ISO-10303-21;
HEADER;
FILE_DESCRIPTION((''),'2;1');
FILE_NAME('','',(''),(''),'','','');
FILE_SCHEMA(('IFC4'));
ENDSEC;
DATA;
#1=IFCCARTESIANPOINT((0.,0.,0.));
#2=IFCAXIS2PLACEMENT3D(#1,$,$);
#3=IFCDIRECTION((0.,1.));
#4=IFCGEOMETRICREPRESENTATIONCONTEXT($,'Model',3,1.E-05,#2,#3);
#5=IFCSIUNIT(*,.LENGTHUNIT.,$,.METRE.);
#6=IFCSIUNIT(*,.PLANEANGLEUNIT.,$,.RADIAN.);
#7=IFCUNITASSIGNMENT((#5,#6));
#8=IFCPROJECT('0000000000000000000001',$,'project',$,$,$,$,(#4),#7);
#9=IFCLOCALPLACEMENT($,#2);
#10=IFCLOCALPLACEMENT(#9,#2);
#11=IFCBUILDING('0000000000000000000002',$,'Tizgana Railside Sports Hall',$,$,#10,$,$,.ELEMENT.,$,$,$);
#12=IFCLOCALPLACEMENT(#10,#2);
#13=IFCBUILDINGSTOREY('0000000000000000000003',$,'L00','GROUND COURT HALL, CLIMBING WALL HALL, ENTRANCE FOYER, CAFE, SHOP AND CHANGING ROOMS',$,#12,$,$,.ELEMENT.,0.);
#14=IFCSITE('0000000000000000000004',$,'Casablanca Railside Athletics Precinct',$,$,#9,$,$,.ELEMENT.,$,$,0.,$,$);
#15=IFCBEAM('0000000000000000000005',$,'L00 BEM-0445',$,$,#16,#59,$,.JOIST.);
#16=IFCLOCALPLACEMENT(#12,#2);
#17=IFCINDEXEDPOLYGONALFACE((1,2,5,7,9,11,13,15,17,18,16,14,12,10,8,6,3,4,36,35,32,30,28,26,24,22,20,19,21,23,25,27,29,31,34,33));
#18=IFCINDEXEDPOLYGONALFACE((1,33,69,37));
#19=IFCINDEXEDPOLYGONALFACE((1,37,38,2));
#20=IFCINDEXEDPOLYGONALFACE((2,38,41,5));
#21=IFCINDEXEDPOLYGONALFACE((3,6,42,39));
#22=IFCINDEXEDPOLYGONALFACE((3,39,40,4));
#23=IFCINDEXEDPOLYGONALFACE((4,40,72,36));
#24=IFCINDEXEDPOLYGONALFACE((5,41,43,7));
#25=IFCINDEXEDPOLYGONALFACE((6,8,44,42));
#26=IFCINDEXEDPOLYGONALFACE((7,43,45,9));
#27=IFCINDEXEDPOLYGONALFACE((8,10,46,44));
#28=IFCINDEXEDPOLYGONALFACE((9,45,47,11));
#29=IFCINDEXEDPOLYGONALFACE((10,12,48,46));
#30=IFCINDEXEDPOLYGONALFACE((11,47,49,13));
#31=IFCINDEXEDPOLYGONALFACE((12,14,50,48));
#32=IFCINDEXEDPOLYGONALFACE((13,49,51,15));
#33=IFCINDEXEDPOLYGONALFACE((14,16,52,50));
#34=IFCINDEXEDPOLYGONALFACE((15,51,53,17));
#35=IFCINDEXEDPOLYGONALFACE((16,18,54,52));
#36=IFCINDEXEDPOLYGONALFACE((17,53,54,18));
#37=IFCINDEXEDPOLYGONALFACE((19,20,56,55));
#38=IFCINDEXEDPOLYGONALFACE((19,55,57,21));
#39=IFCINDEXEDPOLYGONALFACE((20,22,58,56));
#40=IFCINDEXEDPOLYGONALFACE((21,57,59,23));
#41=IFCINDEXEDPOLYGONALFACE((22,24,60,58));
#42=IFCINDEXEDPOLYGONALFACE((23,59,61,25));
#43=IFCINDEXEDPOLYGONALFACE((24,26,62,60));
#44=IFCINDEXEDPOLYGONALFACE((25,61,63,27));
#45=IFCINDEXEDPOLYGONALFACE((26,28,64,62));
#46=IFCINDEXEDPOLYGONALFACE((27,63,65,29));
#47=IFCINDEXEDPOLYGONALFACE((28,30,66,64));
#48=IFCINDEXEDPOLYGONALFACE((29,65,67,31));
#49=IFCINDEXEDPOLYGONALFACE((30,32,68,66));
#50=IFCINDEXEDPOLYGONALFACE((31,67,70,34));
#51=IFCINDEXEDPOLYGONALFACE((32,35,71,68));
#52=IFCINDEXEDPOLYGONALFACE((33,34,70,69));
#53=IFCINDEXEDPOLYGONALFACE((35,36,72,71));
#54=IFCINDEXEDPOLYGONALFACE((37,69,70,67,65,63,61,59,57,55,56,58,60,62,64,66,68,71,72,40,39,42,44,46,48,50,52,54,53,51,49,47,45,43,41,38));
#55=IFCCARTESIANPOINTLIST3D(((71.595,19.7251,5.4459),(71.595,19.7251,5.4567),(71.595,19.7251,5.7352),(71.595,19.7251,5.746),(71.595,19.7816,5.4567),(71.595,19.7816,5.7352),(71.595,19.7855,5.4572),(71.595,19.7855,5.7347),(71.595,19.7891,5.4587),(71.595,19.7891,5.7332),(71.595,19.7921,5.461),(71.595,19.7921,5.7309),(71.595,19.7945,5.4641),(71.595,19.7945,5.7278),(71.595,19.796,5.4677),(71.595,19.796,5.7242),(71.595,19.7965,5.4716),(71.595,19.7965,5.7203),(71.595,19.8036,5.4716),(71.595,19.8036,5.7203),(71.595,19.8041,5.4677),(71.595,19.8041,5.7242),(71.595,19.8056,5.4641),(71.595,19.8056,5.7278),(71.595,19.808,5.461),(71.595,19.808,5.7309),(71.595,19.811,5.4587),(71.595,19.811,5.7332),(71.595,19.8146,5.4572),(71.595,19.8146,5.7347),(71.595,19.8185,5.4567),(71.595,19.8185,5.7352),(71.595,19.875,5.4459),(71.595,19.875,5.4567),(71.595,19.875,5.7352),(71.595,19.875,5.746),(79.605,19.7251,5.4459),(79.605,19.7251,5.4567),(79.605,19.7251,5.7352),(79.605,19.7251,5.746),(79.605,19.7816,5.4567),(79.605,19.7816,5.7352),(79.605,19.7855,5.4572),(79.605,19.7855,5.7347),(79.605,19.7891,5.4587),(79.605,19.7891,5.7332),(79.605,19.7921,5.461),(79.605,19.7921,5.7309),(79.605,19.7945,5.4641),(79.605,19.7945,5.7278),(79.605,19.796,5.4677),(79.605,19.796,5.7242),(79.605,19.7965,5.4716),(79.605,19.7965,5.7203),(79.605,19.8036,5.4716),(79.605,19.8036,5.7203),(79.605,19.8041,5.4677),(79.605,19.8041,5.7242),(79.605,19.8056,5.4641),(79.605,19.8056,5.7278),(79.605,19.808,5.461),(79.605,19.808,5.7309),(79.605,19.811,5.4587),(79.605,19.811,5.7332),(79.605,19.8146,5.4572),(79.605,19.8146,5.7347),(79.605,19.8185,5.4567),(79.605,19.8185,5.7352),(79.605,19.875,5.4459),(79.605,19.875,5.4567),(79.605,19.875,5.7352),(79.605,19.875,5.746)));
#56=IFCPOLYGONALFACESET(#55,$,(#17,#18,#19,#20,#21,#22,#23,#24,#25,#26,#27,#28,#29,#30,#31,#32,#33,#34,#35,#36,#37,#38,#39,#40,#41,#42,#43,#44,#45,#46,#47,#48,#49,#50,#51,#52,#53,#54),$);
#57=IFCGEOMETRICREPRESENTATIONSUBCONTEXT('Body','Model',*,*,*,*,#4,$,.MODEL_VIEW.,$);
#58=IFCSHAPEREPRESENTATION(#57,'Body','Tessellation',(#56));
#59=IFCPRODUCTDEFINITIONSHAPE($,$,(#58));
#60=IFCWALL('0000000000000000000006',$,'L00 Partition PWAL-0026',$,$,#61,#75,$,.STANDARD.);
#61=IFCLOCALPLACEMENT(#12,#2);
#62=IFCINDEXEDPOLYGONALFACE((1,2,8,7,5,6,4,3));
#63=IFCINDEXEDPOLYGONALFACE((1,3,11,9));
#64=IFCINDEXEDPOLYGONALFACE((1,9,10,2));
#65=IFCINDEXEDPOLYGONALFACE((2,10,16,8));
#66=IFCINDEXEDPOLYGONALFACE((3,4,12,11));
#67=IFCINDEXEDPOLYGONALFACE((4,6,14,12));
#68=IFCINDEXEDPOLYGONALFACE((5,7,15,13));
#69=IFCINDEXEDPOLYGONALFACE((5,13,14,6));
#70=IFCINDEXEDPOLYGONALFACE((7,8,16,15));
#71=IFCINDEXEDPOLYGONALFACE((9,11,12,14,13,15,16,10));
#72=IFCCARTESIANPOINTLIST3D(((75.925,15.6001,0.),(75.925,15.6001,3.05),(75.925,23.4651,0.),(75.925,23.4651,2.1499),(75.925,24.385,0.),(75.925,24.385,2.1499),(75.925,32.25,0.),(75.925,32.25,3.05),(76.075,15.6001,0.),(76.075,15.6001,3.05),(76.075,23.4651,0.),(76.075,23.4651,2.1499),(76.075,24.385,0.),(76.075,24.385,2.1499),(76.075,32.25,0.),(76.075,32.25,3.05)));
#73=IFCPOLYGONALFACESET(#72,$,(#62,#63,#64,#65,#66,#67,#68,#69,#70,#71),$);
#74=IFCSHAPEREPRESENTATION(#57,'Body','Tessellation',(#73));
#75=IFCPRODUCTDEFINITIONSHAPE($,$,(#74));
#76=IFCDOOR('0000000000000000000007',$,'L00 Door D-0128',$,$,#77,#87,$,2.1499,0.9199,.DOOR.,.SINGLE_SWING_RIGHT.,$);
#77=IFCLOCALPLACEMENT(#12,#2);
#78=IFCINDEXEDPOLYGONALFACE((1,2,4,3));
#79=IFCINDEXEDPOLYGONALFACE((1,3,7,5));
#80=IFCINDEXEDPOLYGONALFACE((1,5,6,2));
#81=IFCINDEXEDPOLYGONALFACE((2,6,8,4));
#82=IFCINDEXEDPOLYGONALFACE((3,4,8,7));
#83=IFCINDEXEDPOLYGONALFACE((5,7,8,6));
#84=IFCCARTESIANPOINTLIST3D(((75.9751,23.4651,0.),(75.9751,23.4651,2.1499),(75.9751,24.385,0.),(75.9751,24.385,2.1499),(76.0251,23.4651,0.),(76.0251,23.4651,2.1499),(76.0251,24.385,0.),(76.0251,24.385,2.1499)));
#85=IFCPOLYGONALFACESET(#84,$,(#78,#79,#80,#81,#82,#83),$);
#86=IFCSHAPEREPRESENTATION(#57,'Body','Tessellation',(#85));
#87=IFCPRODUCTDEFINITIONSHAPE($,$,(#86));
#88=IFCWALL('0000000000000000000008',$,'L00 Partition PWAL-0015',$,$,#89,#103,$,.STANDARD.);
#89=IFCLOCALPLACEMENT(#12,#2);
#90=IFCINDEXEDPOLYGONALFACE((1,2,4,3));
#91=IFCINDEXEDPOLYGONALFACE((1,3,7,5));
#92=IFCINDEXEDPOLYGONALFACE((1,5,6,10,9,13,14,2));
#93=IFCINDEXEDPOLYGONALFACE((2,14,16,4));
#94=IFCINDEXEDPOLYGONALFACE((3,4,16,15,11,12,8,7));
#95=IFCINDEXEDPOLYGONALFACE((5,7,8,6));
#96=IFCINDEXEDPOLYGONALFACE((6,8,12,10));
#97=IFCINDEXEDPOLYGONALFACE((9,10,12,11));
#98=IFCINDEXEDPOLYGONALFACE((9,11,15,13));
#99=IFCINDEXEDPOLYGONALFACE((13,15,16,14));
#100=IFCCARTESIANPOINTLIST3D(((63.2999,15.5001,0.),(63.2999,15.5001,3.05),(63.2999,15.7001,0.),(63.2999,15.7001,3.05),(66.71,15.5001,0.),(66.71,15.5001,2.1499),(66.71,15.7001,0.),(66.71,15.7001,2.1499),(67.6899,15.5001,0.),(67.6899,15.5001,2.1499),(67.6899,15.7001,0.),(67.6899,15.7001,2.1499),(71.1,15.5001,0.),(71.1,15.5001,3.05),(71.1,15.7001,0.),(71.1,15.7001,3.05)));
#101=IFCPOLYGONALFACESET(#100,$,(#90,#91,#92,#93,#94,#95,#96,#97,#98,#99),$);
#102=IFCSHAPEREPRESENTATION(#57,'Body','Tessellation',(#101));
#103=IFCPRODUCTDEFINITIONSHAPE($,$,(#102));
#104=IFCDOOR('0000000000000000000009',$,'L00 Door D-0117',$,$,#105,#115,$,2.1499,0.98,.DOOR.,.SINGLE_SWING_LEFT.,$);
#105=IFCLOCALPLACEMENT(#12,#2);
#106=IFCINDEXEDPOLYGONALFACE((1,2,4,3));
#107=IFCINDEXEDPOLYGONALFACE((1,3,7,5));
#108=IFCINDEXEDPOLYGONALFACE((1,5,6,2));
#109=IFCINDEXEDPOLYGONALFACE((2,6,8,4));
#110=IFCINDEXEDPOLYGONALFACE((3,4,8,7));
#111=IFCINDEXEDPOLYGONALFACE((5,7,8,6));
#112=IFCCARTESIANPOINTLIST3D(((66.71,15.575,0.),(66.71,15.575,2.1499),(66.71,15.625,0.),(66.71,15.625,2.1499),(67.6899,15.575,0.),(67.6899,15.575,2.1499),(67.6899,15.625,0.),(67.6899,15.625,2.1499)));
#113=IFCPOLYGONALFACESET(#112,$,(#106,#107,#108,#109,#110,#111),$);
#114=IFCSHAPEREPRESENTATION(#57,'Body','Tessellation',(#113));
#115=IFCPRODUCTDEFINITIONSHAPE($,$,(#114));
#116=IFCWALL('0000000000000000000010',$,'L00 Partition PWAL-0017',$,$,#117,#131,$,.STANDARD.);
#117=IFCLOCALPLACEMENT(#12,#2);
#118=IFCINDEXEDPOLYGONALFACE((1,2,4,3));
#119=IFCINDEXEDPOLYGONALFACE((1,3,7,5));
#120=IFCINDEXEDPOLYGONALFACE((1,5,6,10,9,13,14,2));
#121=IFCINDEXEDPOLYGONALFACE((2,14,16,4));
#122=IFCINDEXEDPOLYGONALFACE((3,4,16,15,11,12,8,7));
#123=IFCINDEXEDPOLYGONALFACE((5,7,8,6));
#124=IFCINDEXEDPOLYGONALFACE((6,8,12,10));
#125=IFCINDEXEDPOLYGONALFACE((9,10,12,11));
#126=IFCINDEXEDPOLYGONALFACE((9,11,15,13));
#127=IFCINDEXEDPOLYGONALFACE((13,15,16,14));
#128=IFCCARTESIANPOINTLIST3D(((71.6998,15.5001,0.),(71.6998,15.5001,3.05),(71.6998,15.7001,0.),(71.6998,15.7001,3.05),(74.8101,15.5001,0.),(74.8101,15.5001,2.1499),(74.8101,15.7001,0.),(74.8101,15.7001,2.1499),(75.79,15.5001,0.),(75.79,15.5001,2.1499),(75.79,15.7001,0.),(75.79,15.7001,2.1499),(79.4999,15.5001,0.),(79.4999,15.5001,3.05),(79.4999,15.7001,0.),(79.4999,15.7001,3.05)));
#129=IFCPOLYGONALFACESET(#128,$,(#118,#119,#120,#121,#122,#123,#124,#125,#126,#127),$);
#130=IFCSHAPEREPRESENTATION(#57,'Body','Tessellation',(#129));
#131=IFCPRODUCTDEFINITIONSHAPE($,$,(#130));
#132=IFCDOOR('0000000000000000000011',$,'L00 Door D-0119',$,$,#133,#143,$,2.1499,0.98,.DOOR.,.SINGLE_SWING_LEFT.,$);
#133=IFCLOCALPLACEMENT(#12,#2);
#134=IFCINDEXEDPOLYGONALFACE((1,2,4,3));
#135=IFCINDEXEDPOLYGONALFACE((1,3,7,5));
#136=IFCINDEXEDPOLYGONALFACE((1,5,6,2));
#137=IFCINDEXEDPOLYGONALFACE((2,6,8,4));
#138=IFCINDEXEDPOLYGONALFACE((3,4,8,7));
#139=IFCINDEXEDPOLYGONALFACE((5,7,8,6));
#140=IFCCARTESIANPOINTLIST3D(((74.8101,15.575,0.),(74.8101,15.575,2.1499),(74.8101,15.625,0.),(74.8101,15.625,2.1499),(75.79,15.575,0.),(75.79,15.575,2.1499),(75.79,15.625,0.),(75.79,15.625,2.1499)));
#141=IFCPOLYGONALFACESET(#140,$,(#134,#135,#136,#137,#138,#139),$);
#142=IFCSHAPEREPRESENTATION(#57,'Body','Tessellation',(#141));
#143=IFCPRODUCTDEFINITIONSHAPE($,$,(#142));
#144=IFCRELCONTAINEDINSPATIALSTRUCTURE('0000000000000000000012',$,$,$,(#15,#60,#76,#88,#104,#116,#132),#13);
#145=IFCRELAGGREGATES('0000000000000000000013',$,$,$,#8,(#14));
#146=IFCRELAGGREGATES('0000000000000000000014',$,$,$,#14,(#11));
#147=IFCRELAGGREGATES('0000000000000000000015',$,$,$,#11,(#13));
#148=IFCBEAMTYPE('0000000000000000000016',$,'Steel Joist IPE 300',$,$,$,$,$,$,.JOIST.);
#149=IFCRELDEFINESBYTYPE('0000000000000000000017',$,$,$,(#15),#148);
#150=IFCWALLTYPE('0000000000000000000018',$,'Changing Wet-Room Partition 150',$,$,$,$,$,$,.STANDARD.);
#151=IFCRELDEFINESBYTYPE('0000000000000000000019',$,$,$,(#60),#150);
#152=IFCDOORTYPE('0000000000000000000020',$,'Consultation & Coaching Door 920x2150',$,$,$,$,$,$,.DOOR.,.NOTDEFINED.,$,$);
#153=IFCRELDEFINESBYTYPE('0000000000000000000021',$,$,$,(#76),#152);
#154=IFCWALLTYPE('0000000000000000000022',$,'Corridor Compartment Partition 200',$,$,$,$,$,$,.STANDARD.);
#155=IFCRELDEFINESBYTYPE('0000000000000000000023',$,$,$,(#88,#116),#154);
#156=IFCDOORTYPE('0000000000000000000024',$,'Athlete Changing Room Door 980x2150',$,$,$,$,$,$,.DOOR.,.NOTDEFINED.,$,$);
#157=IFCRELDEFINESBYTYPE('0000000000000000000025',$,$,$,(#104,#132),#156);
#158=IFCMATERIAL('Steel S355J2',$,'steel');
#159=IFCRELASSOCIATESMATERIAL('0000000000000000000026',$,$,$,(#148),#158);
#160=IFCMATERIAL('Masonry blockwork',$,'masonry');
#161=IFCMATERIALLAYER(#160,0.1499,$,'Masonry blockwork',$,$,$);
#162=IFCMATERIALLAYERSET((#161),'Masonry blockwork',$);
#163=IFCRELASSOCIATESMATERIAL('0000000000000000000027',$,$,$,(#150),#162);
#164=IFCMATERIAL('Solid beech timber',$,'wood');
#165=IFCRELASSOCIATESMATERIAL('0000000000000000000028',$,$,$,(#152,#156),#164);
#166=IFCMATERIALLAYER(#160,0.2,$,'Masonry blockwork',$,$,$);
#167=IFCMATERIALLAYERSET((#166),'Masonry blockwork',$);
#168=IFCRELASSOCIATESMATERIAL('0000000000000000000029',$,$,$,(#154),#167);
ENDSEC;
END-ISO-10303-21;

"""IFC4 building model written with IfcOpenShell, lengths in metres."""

from ifc_helpers import new_model, si_unit, direction, frame, frame_2d, origin, origin_2d, place, context, subcontext, project, spatial, rectangle, i_section, extrude, material, layer, layer_set, material_profile, profile_set, type_object, element, fill, save


model = new_model("IFC4")

# Units and contexts
model_context = context("Model", 3, precision=1e-05, world=origin(), true_north=direction((0.0, 1.0)))
body_context = subcontext(model_context, "Body", "Model", "MODEL_VIEW")
ifc_project = project(units=[si_unit("LENGTHUNIT", "METRE"), si_unit("PLANEANGLEUNIT", "RADIAN")], contexts=[model_context])

# Site, building, storey
site_placement = place(None, origin())
site = spatial("IfcSite", under=ifc_project, at=site_placement, Name="Casablanca Railside Athletics Precinct", CompositionType="ELEMENT", RefElevation=0.0)
building_placement = place(site_placement, origin())
building = spatial("IfcBuilding", under=site, at=building_placement, Name="Tizgana Railside Sports Hall", CompositionType="ELEMENT")
storey_placement = place(building_placement, origin())
storey = spatial("IfcBuildingStorey", under=building, at=storey_placement, Name="L00", Description="GROUND COURT HALL, CLIMBING WALL HALL, ENTRANCE FOYER, CAFE, SHOP AND CHANGING ROOMS", CompositionType="ELEMENT", Elevation=0.0)

# Beam
ifc_material_1 = material(Name="Steel S355J2", Category="steel")
ifc_material_profile_1 = material_profile(ifc_material_1, i_section(OverallWidth=0.1499, OverallDepth=0.3, WebThickness=0.0071, FlangeThickness=0.0107, FilletRadius=0.0149, at=origin_2d()), Name="IPE 300")
ifc_profile_set_1 = profile_set([ifc_material_profile_1], Name="Steel S355J2")
beam_type_1 = type_object("IfcBeamType", Name="Steel Joist IPE 300", PredefinedType="JOIST", material=ifc_profile_set_1)
for number, where, z_axis, x_axis, name in (
    (1, (71.595, 19.8, 5.5959), (1.0, 0.0, 0.0), (0.0, 1.0, 0.0), "L00 BEM-0445"),
):
    element("IfcBeam", number, at=place(storey_placement, frame(where, z_axis=z_axis, x_axis=x_axis)), inside=storey, type_object=beam_type_1, Name=name, PredefinedType="JOIST", context=body_context, shape_type="SweptSolid", body=[
        extrude(i_section(OverallWidth=0.1499, OverallDepth=0.3, WebThickness=0.0071, FlangeThickness=0.0107, FilletRadius=0.0149, at=origin_2d()), origin(), (0.0, 0.0, 1.0), 8.01),
    ])

# Walls, openings, doors
ifc_material_2 = material(Name="Masonry blockwork", Category="masonry")
ifc_layer_1 = layer(ifc_material_2, 0.1499, Name="Masonry blockwork")
ifc_layer_set_1 = layer_set([ifc_layer_1], Name="Masonry blockwork")
wall_type_1 = type_object("IfcWallType", Name="Changing Wet-Room Partition 150", PredefinedType="STANDARD", material=ifc_layer_set_1)
wall_1_placement = place(storey_placement, frame((76.0, 15.6001, 0.0), z_axis=(0.0, 0.0, 1.0), x_axis=(0.0, 1.0, 0.0)))
wall_1 = element("IfcWall", 2, at=wall_1_placement, inside=storey, type_object=wall_type_1, Name="L00 Partition PWAL-0026", PredefinedType="STANDARD", context=body_context, shape_type="SweptSolid", body=[
    extrude(rectangle(XDim=16.6499, YDim=0.1499, at=frame_2d((8.325, 0.0))), origin(), (0.0, 0.0, 1.0), 3.05),
])
opening_1_placement = place(wall_1_placement, frame((7.865, 0.0, 0.0)))
opening_1 = element("IfcOpeningElement", 3, at=opening_1_placement, cuts=wall_1, PredefinedType="OPENING", context=body_context, shape_type="SweptSolid", body=[
    extrude(rectangle(XDim=0.9199, YDim=2.1499, at=frame_2d((0.46, 1.075))), frame((0.0, 0.085, 0.0), z_axis=(0.0, -1.0, 0.0), x_axis=(1.0, 0.0, 0.0)), (0.0, 0.0, 1.0), 0.1699),
])
ifc_material_3 = material(Name="Solid beech timber", Category="wood")
door_type_1 = type_object("IfcDoorType", Name="Consultation & Coaching Door 920x2150", OperationType="NOTDEFINED", PredefinedType="DOOR", material=ifc_material_3)
door_1_placement = place(opening_1_placement, origin())
door_1 = element("IfcDoor", 4, at=door_1_placement, inside=storey, type_object=door_type_1, Name="L00 Door D-0128", OperationType="SINGLE_SWING_RIGHT", OverallHeight=2.1499, OverallWidth=0.9199, PredefinedType="DOOR", context=body_context, shape_type="SweptSolid", body=[
    extrude(rectangle(XDim=0.9199, YDim=2.1499, at=frame_2d((0.46, 1.075))), frame((0.0, 0.0249, 0.0), z_axis=(0.0, -1.0, 0.0), x_axis=(1.0, 0.0, 0.0)), (0.0, 0.0, 1.0), 0.05),
])
fill(opening_1, door_1)
ifc_layer_2 = layer(ifc_material_2, 0.2, Name="Masonry blockwork")
ifc_layer_set_2 = layer_set([ifc_layer_2], Name="Masonry blockwork")
wall_type_2 = type_object("IfcWallType", Name="Corridor Compartment Partition 200", PredefinedType="STANDARD", material=ifc_layer_set_2)
wall_2_placement = place(storey_placement, frame((63.3, 15.6001, 0.0), z_axis=(0.0, 0.0, 1.0), x_axis=(1.0, 0.0, 0.0)))
wall_2 = element("IfcWall", 5, at=wall_2_placement, inside=storey, type_object=wall_type_2, Name="L00 Partition PWAL-0015", PredefinedType="STANDARD", context=body_context, shape_type="SweptSolid", body=[
    extrude(rectangle(XDim=7.8, YDim=0.2, at=frame_2d((3.8999, 0.0))), origin(), (0.0, 0.0, 1.0), 3.05),
])
opening_2_placement = place(wall_2_placement, frame((3.4099, 0.0, 0.0)))
opening_2 = element("IfcOpeningElement", 6, at=opening_2_placement, cuts=wall_2, PredefinedType="OPENING", context=body_context, shape_type="SweptSolid", body=[
    extrude(rectangle(XDim=0.98, YDim=2.1499, at=frame_2d((0.49, 1.075))), frame((0.0, 0.1099, 0.0), z_axis=(0.0, -1.0, 0.0), x_axis=(1.0, 0.0, 0.0)), (0.0, 0.0, 1.0), 0.22),
])
door_type_2 = type_object("IfcDoorType", Name="Athlete Changing Room Door 980x2150", OperationType="NOTDEFINED", PredefinedType="DOOR", material=ifc_material_3)
door_2_placement = place(opening_2_placement, origin())
door_2 = element("IfcDoor", 7, at=door_2_placement, inside=storey, type_object=door_type_2, Name="L00 Door D-0117", OperationType="SINGLE_SWING_LEFT", OverallHeight=2.1499, OverallWidth=0.98, PredefinedType="DOOR", context=body_context, shape_type="SweptSolid", body=[
    extrude(rectangle(XDim=0.98, YDim=2.1499, at=frame_2d((0.49, 1.075))), frame((0.0, 0.0249, 0.0), z_axis=(0.0, -1.0, 0.0), x_axis=(1.0, 0.0, 0.0)), (0.0, 0.0, 1.0), 0.05),
])
fill(opening_2, door_2)
wall_3_placement = place(storey_placement, frame((71.7, 15.6001, 0.0), z_axis=(0.0, 0.0, 1.0), x_axis=(1.0, 0.0, 0.0)))
wall_3 = element("IfcWall", 8, at=wall_3_placement, inside=storey, type_object=wall_type_2, Name="L00 Partition PWAL-0017", PredefinedType="STANDARD", context=body_context, shape_type="SweptSolid", body=[
    extrude(rectangle(XDim=7.8, YDim=0.2, at=frame_2d((3.8999, 0.0))), origin(), (0.0, 0.0, 1.0), 3.05),
])
opening_3_placement = place(wall_3_placement, frame((3.1101, 0.0, 0.0)))
opening_3 = element("IfcOpeningElement", 9, at=opening_3_placement, cuts=wall_3, PredefinedType="OPENING", context=body_context, shape_type="SweptSolid", body=[
    extrude(rectangle(XDim=0.98, YDim=2.1499, at=frame_2d((0.49, 1.075))), frame((0.0, 0.1099, 0.0), z_axis=(0.0, -1.0, 0.0), x_axis=(1.0, 0.0, 0.0)), (0.0, 0.0, 1.0), 0.22),
])
door_3_placement = place(opening_3_placement, origin())
door_3 = element("IfcDoor", 10, at=door_3_placement, inside=storey, type_object=door_type_2, Name="L00 Door D-0119", OperationType="SINGLE_SWING_LEFT", OverallHeight=2.1499, OverallWidth=0.98, PredefinedType="DOOR", context=body_context, shape_type="SweptSolid", body=[
    extrude(rectangle(XDim=0.98, YDim=2.1499, at=frame_2d((0.49, 1.075))), frame((0.0, 0.0249, 0.0), z_axis=(0.0, -1.0, 0.0), x_axis=(1.0, 0.0, 0.0)), (0.0, 0.0, 1.0), 0.05),
])
fill(opening_3, door_3)

save(model, "model.ifc")
